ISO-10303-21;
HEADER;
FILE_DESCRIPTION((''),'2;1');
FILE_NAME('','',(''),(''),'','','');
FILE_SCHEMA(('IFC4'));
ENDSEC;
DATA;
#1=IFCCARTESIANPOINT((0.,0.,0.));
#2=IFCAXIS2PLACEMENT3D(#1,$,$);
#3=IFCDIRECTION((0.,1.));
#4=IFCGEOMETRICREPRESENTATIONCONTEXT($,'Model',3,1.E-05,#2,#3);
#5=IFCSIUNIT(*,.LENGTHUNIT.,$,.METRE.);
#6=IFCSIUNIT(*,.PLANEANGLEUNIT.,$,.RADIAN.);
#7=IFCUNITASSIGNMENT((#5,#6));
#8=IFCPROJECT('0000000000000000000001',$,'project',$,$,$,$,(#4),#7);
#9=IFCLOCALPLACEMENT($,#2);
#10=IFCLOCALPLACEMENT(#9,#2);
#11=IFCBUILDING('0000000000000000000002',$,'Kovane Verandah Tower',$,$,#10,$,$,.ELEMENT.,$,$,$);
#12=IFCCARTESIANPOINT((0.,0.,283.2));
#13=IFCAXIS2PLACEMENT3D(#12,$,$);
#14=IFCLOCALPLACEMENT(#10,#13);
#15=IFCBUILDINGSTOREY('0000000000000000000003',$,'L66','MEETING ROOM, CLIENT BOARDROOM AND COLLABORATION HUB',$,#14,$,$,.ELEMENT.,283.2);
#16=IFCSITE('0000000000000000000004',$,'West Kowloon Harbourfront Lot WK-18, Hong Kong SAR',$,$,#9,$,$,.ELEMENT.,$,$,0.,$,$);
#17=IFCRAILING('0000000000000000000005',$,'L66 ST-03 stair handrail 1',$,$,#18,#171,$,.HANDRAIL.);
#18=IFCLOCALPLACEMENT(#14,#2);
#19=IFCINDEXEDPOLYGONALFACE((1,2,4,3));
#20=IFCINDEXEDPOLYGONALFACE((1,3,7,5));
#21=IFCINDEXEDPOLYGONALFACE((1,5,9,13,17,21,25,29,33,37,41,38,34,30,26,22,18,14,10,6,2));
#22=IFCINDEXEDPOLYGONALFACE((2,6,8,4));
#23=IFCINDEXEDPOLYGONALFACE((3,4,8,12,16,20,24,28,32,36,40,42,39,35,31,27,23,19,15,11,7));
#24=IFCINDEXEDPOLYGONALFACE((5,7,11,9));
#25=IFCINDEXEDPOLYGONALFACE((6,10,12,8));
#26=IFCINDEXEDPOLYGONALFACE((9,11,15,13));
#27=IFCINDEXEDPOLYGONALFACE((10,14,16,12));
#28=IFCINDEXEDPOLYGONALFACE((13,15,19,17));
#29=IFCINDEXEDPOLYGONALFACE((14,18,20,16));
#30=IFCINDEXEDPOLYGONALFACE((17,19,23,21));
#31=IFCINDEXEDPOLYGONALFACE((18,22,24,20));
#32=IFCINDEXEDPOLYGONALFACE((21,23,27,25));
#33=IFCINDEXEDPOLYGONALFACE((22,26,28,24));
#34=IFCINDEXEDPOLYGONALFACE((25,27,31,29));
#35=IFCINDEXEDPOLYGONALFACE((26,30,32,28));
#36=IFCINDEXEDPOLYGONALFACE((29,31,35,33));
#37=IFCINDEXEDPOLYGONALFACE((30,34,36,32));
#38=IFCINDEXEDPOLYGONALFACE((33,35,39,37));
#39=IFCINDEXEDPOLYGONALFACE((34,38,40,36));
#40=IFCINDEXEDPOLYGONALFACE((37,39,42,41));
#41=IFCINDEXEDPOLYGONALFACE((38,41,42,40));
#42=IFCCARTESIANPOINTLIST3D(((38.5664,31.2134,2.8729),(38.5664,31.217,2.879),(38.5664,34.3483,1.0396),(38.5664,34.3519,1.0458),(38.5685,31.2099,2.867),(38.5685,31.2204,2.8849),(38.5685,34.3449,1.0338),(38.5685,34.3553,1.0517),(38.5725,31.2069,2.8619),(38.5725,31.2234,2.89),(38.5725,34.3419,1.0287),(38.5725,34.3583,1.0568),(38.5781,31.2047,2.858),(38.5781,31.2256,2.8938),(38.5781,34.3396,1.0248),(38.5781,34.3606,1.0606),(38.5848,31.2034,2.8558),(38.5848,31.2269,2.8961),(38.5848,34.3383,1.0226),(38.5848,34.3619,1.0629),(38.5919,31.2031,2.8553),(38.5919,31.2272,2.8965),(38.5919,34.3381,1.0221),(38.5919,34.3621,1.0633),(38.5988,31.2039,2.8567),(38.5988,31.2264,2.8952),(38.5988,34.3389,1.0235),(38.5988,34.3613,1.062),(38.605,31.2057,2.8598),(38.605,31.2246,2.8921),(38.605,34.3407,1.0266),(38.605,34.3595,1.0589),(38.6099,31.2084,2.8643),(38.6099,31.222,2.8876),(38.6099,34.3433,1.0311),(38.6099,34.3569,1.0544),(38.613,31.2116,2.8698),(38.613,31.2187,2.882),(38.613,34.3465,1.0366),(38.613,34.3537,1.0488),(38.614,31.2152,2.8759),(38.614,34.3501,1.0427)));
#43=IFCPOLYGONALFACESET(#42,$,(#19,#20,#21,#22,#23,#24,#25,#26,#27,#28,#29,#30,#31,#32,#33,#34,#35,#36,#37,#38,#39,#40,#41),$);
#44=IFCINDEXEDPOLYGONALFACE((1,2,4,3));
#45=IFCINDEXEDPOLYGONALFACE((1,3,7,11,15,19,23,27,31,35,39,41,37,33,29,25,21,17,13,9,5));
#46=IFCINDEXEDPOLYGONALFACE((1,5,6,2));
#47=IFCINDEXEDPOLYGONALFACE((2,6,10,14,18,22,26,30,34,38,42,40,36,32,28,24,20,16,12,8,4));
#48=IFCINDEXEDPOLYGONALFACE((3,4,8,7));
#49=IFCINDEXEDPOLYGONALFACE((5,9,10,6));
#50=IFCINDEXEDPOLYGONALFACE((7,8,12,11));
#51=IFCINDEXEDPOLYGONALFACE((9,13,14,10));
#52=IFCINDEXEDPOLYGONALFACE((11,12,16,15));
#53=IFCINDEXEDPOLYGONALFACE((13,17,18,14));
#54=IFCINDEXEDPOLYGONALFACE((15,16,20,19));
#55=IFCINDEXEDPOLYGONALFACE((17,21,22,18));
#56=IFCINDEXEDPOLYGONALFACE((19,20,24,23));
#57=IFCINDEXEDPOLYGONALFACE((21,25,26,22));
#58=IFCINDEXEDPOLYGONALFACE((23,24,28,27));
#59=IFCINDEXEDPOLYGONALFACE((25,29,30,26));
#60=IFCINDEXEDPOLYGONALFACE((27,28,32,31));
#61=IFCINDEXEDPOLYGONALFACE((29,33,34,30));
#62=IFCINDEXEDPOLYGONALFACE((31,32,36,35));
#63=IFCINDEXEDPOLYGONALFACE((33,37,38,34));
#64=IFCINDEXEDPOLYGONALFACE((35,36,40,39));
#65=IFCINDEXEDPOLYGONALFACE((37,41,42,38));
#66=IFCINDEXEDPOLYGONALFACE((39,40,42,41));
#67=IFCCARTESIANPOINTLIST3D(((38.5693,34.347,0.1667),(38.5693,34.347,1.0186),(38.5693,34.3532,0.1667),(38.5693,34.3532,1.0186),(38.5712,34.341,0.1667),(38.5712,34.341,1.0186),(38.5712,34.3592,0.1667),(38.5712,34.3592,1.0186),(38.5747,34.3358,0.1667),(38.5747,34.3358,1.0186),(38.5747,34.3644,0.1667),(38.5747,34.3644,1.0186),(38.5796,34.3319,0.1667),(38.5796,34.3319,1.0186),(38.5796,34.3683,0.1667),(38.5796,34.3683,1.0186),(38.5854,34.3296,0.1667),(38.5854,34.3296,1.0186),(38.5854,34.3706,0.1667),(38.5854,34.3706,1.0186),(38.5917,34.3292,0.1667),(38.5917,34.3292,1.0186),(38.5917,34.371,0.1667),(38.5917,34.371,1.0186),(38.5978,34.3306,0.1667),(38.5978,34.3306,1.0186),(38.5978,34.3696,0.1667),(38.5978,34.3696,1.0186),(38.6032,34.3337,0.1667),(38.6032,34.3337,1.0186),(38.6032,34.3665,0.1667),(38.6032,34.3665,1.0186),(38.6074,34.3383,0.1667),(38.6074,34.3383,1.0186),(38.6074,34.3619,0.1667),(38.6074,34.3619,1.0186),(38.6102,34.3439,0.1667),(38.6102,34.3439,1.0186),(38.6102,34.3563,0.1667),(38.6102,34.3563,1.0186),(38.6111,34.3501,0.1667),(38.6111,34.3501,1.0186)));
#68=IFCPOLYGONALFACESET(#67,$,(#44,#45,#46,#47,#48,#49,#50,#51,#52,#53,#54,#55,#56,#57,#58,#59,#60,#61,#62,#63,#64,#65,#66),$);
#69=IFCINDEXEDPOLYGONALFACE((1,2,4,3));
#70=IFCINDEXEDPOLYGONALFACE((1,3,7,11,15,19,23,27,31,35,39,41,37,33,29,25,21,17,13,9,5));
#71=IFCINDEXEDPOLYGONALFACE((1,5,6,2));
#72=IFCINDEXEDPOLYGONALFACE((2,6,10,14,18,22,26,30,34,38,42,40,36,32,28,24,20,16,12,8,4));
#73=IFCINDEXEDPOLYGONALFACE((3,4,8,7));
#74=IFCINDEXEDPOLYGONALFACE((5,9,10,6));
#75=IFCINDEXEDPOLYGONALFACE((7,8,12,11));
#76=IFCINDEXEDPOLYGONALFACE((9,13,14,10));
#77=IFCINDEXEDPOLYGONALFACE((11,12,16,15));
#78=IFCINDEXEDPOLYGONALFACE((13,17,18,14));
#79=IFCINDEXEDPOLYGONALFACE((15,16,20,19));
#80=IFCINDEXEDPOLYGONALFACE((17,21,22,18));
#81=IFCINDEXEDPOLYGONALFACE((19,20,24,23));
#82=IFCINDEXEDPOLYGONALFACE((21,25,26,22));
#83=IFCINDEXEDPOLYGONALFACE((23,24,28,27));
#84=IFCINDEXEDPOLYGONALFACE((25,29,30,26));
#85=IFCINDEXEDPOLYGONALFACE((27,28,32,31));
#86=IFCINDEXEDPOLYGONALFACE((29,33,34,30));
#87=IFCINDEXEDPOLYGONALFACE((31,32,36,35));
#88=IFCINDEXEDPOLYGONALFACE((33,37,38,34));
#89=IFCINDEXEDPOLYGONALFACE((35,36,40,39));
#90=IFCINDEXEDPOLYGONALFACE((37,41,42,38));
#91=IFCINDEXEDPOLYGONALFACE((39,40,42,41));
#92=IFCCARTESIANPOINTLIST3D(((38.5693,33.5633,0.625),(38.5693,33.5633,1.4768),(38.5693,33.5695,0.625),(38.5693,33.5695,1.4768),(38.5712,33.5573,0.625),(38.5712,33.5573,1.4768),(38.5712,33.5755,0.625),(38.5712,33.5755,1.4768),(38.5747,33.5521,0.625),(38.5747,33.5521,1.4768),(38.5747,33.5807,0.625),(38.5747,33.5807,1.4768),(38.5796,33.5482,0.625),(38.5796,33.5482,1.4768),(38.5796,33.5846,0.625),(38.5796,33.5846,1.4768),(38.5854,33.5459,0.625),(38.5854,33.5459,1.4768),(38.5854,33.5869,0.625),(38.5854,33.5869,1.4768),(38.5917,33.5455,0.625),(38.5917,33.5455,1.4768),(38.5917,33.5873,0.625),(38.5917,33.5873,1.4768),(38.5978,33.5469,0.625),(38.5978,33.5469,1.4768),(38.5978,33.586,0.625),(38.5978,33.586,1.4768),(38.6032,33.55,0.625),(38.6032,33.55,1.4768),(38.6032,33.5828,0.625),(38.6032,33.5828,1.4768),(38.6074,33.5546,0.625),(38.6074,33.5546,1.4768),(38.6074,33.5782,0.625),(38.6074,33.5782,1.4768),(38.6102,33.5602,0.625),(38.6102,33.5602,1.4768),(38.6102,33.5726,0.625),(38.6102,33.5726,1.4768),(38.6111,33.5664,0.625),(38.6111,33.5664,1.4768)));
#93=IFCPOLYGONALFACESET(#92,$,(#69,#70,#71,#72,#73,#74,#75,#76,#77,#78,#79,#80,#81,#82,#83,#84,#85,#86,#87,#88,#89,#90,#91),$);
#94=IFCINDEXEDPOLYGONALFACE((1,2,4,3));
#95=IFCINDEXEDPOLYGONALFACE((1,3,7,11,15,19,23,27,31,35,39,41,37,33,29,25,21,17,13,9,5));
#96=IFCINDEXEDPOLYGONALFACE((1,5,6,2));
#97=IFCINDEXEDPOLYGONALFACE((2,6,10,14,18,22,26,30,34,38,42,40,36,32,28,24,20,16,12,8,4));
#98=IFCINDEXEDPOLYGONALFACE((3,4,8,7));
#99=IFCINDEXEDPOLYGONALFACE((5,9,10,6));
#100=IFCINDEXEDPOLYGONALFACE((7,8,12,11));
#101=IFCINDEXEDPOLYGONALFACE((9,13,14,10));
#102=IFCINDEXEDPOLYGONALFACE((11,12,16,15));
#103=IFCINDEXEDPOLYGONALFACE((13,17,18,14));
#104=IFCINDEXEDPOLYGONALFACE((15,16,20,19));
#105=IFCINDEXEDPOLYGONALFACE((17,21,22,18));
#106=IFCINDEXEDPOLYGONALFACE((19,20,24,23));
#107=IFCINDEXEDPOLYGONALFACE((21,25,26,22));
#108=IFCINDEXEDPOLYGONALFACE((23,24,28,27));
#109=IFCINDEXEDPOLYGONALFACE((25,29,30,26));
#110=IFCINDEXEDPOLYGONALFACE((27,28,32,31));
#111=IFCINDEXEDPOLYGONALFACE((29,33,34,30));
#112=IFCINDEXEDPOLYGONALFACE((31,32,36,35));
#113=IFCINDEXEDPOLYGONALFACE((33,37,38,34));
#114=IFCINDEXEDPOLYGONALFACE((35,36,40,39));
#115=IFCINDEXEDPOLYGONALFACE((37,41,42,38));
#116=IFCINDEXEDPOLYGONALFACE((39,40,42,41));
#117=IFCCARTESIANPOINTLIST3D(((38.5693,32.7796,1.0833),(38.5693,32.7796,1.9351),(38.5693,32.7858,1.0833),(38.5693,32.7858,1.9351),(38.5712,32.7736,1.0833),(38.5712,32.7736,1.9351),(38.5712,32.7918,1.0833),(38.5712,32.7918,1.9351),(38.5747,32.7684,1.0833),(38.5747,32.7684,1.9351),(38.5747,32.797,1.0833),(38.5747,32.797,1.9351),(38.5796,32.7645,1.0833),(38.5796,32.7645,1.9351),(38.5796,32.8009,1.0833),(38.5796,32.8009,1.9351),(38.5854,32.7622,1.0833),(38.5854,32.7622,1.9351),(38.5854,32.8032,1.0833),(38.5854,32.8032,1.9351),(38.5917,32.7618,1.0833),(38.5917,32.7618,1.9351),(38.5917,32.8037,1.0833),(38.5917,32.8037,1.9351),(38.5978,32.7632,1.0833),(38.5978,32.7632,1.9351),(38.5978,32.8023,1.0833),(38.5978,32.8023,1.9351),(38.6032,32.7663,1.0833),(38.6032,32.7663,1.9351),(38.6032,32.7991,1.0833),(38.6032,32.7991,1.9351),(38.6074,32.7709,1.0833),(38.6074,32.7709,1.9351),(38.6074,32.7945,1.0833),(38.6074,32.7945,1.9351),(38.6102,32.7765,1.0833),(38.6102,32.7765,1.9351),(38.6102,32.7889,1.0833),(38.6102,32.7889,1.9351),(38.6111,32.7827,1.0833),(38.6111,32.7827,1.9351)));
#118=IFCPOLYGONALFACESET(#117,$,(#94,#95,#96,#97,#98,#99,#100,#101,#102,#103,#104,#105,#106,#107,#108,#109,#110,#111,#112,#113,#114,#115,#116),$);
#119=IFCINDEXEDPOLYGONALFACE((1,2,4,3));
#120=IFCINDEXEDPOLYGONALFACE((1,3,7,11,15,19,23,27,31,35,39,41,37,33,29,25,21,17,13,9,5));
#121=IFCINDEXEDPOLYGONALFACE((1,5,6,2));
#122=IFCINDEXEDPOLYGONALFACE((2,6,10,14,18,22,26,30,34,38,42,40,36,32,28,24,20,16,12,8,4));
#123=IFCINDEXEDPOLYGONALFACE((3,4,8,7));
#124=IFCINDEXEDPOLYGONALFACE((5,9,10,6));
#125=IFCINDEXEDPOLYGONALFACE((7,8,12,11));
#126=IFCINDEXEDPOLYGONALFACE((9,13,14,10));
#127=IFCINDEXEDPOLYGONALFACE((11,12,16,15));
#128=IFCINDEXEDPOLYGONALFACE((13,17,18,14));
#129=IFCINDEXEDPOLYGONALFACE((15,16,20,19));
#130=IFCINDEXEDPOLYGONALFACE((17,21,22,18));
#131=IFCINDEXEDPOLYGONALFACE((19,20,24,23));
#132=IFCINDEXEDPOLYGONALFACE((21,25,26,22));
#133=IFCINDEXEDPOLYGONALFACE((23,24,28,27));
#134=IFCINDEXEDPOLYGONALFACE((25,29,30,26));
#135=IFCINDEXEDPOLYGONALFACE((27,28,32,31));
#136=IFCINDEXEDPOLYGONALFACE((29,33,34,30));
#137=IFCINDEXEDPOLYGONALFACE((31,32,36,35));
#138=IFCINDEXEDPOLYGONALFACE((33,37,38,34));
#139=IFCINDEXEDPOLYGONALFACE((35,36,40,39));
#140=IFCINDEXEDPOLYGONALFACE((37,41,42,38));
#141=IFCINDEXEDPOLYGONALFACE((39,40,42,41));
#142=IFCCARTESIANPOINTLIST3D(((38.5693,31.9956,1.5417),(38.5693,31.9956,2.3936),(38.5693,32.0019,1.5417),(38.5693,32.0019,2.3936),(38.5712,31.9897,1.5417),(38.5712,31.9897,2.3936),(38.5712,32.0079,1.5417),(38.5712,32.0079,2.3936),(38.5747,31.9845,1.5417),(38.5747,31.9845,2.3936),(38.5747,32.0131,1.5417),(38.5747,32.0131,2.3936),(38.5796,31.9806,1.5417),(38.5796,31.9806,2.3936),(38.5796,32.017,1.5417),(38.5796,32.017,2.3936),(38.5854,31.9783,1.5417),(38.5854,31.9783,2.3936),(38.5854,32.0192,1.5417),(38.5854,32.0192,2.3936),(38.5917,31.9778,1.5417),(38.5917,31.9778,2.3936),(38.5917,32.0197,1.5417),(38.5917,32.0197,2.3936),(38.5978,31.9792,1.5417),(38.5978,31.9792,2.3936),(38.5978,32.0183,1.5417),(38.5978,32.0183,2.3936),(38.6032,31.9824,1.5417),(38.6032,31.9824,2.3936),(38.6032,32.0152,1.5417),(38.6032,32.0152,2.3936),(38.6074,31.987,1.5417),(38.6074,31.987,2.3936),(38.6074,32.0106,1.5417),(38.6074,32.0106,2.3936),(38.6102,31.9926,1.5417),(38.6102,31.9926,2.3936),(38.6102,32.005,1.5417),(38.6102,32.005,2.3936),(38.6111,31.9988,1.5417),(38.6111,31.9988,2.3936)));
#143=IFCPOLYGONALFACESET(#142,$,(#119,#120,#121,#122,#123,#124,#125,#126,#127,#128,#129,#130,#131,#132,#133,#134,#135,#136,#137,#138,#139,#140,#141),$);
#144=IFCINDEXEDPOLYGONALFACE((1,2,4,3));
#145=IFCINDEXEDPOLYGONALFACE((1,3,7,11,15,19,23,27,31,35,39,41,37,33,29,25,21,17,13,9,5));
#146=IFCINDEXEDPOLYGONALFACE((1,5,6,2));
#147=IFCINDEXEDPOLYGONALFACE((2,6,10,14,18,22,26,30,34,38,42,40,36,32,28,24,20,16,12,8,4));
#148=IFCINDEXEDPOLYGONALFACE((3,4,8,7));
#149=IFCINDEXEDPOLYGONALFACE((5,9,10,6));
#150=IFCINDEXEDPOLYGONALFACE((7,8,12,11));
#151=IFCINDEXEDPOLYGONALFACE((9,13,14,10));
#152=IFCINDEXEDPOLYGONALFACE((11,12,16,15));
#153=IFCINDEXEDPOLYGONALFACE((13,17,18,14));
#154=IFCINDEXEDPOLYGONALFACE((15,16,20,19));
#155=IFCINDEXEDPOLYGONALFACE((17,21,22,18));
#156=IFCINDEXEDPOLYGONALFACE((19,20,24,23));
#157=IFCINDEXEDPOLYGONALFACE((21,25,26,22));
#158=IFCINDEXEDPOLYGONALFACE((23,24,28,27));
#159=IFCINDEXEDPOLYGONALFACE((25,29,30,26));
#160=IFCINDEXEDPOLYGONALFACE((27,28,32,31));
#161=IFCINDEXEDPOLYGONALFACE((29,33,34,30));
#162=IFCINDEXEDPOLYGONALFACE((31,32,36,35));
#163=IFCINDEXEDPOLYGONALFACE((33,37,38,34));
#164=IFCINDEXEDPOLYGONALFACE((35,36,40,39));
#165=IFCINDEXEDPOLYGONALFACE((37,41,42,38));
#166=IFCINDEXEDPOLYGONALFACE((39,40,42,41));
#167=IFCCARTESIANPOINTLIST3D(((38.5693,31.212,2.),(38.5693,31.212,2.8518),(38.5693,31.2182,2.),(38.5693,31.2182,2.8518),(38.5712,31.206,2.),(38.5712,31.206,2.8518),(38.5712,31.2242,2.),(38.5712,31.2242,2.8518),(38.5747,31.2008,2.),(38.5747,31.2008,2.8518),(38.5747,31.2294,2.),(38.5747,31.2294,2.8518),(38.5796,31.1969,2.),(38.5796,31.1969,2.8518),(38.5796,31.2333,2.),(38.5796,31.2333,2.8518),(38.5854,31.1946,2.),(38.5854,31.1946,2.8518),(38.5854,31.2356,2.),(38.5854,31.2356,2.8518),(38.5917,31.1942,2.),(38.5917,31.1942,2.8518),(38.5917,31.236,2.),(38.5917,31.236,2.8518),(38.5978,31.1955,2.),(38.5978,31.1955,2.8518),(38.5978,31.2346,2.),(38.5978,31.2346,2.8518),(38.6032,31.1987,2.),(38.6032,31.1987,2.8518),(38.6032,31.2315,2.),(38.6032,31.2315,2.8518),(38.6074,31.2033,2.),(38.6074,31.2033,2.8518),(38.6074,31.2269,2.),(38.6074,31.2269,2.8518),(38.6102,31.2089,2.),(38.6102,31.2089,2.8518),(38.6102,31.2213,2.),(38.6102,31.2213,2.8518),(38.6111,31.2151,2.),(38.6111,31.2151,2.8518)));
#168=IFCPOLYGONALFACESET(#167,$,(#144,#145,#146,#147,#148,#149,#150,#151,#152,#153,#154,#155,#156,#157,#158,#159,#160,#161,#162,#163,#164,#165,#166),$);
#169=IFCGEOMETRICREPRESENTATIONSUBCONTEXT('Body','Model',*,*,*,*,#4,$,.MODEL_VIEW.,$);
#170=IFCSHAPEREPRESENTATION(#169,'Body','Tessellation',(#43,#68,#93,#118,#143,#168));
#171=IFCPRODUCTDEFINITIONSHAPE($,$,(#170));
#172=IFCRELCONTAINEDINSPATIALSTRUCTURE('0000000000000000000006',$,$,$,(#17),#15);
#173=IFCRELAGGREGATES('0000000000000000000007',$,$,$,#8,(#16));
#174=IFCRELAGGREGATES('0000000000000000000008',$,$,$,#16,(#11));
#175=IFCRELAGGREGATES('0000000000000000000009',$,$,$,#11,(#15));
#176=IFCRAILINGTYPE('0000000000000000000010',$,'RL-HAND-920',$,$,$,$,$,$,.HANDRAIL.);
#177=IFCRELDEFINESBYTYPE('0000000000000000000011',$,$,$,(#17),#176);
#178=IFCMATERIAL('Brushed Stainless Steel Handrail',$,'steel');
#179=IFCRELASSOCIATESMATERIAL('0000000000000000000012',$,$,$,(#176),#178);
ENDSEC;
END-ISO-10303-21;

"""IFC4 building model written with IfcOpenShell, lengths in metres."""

from ifc_helpers import new_model, si_unit, direction, frame, origin, origin_2d, place, context, subcontext, project, spatial, circle, extrude, material, type_object, element, save


model = new_model("IFC4")

# Units and contexts
model_context = context("Model", 3, precision=1e-05, world=origin(), true_north=direction((0.0, 1.0)))
body_context = subcontext(model_context, "Body", "Model", "MODEL_VIEW")
ifc_project = project(units=[si_unit("LENGTHUNIT", "METRE"), si_unit("PLANEANGLEUNIT", "RADIAN")], contexts=[model_context])

# Site, building, storey
site_placement = place(None, origin())
site = spatial("IfcSite", under=ifc_project, at=site_placement, Name="West Kowloon Harbourfront Lot WK-18, Hong Kong SAR", CompositionType="ELEMENT", RefElevation=0.0)
building_placement = place(site_placement, origin())
building = spatial("IfcBuilding", under=site, at=building_placement, Name="Kovane Verandah Tower", CompositionType="ELEMENT")
storey_placement = place(building_placement, frame((0.0, 0.0, 283.2)))
storey = spatial("IfcBuildingStorey", under=building, at=storey_placement, Name="L66", Description="MEETING ROOM, CLIENT BOARDROOM AND COLLABORATION HUB", CompositionType="ELEMENT", Elevation=283.2)

# Railing
ifc_material_1 = material(Name="Brushed Stainless Steel Handrail", Category="steel")
railing_type_1 = type_object("IfcRailingType", Name="RL-HAND-920", PredefinedType="HANDRAIL", material=ifc_material_1)
railing_1_placement = place(storey_placement, frame((38.5901, 34.3501, 0.1667)))
element("IfcRailing", 1, at=railing_1_placement, inside=storey, type_object=railing_type_1, Name="L66 ST-03 stair handrail 1", PredefinedType="HANDRAIL", context=body_context, shape_type="SweptSolid", body=[
    extrude(circle(Radius=0.0239, at=origin_2d()), frame((0.0, 0.0, 0.876), z_axis=(0.0, -0.86324, 0.504794), x_axis=(1.0, 0.0, 0.0)), (0.0, 0.0, 1.0), 3.6316),
    extrude(circle(Radius=0.021, at=origin_2d()), origin(), (0.0, 0.0, 1.0), 0.8518),
    extrude(circle(Radius=0.021, at=origin_2d()), frame((0.0, -0.7837, 0.4583)), (0.0, 0.0, 1.0), 0.8518),
    extrude(circle(Radius=0.021, at=origin_2d()), frame((0.0, -1.5674, 0.9165)), (0.0, 0.0, 1.0), 0.8518),
    extrude(circle(Radius=0.021, at=origin_2d()), frame((0.0, -2.3513, 1.375)), (0.0, 0.0, 1.0), 0.8518),
    extrude(circle(Radius=0.021, at=origin_2d()), frame((0.0, -3.135, 1.8333)), (0.0, 0.0, 1.0), 0.8518),
])

save(model, "model.ifc")
